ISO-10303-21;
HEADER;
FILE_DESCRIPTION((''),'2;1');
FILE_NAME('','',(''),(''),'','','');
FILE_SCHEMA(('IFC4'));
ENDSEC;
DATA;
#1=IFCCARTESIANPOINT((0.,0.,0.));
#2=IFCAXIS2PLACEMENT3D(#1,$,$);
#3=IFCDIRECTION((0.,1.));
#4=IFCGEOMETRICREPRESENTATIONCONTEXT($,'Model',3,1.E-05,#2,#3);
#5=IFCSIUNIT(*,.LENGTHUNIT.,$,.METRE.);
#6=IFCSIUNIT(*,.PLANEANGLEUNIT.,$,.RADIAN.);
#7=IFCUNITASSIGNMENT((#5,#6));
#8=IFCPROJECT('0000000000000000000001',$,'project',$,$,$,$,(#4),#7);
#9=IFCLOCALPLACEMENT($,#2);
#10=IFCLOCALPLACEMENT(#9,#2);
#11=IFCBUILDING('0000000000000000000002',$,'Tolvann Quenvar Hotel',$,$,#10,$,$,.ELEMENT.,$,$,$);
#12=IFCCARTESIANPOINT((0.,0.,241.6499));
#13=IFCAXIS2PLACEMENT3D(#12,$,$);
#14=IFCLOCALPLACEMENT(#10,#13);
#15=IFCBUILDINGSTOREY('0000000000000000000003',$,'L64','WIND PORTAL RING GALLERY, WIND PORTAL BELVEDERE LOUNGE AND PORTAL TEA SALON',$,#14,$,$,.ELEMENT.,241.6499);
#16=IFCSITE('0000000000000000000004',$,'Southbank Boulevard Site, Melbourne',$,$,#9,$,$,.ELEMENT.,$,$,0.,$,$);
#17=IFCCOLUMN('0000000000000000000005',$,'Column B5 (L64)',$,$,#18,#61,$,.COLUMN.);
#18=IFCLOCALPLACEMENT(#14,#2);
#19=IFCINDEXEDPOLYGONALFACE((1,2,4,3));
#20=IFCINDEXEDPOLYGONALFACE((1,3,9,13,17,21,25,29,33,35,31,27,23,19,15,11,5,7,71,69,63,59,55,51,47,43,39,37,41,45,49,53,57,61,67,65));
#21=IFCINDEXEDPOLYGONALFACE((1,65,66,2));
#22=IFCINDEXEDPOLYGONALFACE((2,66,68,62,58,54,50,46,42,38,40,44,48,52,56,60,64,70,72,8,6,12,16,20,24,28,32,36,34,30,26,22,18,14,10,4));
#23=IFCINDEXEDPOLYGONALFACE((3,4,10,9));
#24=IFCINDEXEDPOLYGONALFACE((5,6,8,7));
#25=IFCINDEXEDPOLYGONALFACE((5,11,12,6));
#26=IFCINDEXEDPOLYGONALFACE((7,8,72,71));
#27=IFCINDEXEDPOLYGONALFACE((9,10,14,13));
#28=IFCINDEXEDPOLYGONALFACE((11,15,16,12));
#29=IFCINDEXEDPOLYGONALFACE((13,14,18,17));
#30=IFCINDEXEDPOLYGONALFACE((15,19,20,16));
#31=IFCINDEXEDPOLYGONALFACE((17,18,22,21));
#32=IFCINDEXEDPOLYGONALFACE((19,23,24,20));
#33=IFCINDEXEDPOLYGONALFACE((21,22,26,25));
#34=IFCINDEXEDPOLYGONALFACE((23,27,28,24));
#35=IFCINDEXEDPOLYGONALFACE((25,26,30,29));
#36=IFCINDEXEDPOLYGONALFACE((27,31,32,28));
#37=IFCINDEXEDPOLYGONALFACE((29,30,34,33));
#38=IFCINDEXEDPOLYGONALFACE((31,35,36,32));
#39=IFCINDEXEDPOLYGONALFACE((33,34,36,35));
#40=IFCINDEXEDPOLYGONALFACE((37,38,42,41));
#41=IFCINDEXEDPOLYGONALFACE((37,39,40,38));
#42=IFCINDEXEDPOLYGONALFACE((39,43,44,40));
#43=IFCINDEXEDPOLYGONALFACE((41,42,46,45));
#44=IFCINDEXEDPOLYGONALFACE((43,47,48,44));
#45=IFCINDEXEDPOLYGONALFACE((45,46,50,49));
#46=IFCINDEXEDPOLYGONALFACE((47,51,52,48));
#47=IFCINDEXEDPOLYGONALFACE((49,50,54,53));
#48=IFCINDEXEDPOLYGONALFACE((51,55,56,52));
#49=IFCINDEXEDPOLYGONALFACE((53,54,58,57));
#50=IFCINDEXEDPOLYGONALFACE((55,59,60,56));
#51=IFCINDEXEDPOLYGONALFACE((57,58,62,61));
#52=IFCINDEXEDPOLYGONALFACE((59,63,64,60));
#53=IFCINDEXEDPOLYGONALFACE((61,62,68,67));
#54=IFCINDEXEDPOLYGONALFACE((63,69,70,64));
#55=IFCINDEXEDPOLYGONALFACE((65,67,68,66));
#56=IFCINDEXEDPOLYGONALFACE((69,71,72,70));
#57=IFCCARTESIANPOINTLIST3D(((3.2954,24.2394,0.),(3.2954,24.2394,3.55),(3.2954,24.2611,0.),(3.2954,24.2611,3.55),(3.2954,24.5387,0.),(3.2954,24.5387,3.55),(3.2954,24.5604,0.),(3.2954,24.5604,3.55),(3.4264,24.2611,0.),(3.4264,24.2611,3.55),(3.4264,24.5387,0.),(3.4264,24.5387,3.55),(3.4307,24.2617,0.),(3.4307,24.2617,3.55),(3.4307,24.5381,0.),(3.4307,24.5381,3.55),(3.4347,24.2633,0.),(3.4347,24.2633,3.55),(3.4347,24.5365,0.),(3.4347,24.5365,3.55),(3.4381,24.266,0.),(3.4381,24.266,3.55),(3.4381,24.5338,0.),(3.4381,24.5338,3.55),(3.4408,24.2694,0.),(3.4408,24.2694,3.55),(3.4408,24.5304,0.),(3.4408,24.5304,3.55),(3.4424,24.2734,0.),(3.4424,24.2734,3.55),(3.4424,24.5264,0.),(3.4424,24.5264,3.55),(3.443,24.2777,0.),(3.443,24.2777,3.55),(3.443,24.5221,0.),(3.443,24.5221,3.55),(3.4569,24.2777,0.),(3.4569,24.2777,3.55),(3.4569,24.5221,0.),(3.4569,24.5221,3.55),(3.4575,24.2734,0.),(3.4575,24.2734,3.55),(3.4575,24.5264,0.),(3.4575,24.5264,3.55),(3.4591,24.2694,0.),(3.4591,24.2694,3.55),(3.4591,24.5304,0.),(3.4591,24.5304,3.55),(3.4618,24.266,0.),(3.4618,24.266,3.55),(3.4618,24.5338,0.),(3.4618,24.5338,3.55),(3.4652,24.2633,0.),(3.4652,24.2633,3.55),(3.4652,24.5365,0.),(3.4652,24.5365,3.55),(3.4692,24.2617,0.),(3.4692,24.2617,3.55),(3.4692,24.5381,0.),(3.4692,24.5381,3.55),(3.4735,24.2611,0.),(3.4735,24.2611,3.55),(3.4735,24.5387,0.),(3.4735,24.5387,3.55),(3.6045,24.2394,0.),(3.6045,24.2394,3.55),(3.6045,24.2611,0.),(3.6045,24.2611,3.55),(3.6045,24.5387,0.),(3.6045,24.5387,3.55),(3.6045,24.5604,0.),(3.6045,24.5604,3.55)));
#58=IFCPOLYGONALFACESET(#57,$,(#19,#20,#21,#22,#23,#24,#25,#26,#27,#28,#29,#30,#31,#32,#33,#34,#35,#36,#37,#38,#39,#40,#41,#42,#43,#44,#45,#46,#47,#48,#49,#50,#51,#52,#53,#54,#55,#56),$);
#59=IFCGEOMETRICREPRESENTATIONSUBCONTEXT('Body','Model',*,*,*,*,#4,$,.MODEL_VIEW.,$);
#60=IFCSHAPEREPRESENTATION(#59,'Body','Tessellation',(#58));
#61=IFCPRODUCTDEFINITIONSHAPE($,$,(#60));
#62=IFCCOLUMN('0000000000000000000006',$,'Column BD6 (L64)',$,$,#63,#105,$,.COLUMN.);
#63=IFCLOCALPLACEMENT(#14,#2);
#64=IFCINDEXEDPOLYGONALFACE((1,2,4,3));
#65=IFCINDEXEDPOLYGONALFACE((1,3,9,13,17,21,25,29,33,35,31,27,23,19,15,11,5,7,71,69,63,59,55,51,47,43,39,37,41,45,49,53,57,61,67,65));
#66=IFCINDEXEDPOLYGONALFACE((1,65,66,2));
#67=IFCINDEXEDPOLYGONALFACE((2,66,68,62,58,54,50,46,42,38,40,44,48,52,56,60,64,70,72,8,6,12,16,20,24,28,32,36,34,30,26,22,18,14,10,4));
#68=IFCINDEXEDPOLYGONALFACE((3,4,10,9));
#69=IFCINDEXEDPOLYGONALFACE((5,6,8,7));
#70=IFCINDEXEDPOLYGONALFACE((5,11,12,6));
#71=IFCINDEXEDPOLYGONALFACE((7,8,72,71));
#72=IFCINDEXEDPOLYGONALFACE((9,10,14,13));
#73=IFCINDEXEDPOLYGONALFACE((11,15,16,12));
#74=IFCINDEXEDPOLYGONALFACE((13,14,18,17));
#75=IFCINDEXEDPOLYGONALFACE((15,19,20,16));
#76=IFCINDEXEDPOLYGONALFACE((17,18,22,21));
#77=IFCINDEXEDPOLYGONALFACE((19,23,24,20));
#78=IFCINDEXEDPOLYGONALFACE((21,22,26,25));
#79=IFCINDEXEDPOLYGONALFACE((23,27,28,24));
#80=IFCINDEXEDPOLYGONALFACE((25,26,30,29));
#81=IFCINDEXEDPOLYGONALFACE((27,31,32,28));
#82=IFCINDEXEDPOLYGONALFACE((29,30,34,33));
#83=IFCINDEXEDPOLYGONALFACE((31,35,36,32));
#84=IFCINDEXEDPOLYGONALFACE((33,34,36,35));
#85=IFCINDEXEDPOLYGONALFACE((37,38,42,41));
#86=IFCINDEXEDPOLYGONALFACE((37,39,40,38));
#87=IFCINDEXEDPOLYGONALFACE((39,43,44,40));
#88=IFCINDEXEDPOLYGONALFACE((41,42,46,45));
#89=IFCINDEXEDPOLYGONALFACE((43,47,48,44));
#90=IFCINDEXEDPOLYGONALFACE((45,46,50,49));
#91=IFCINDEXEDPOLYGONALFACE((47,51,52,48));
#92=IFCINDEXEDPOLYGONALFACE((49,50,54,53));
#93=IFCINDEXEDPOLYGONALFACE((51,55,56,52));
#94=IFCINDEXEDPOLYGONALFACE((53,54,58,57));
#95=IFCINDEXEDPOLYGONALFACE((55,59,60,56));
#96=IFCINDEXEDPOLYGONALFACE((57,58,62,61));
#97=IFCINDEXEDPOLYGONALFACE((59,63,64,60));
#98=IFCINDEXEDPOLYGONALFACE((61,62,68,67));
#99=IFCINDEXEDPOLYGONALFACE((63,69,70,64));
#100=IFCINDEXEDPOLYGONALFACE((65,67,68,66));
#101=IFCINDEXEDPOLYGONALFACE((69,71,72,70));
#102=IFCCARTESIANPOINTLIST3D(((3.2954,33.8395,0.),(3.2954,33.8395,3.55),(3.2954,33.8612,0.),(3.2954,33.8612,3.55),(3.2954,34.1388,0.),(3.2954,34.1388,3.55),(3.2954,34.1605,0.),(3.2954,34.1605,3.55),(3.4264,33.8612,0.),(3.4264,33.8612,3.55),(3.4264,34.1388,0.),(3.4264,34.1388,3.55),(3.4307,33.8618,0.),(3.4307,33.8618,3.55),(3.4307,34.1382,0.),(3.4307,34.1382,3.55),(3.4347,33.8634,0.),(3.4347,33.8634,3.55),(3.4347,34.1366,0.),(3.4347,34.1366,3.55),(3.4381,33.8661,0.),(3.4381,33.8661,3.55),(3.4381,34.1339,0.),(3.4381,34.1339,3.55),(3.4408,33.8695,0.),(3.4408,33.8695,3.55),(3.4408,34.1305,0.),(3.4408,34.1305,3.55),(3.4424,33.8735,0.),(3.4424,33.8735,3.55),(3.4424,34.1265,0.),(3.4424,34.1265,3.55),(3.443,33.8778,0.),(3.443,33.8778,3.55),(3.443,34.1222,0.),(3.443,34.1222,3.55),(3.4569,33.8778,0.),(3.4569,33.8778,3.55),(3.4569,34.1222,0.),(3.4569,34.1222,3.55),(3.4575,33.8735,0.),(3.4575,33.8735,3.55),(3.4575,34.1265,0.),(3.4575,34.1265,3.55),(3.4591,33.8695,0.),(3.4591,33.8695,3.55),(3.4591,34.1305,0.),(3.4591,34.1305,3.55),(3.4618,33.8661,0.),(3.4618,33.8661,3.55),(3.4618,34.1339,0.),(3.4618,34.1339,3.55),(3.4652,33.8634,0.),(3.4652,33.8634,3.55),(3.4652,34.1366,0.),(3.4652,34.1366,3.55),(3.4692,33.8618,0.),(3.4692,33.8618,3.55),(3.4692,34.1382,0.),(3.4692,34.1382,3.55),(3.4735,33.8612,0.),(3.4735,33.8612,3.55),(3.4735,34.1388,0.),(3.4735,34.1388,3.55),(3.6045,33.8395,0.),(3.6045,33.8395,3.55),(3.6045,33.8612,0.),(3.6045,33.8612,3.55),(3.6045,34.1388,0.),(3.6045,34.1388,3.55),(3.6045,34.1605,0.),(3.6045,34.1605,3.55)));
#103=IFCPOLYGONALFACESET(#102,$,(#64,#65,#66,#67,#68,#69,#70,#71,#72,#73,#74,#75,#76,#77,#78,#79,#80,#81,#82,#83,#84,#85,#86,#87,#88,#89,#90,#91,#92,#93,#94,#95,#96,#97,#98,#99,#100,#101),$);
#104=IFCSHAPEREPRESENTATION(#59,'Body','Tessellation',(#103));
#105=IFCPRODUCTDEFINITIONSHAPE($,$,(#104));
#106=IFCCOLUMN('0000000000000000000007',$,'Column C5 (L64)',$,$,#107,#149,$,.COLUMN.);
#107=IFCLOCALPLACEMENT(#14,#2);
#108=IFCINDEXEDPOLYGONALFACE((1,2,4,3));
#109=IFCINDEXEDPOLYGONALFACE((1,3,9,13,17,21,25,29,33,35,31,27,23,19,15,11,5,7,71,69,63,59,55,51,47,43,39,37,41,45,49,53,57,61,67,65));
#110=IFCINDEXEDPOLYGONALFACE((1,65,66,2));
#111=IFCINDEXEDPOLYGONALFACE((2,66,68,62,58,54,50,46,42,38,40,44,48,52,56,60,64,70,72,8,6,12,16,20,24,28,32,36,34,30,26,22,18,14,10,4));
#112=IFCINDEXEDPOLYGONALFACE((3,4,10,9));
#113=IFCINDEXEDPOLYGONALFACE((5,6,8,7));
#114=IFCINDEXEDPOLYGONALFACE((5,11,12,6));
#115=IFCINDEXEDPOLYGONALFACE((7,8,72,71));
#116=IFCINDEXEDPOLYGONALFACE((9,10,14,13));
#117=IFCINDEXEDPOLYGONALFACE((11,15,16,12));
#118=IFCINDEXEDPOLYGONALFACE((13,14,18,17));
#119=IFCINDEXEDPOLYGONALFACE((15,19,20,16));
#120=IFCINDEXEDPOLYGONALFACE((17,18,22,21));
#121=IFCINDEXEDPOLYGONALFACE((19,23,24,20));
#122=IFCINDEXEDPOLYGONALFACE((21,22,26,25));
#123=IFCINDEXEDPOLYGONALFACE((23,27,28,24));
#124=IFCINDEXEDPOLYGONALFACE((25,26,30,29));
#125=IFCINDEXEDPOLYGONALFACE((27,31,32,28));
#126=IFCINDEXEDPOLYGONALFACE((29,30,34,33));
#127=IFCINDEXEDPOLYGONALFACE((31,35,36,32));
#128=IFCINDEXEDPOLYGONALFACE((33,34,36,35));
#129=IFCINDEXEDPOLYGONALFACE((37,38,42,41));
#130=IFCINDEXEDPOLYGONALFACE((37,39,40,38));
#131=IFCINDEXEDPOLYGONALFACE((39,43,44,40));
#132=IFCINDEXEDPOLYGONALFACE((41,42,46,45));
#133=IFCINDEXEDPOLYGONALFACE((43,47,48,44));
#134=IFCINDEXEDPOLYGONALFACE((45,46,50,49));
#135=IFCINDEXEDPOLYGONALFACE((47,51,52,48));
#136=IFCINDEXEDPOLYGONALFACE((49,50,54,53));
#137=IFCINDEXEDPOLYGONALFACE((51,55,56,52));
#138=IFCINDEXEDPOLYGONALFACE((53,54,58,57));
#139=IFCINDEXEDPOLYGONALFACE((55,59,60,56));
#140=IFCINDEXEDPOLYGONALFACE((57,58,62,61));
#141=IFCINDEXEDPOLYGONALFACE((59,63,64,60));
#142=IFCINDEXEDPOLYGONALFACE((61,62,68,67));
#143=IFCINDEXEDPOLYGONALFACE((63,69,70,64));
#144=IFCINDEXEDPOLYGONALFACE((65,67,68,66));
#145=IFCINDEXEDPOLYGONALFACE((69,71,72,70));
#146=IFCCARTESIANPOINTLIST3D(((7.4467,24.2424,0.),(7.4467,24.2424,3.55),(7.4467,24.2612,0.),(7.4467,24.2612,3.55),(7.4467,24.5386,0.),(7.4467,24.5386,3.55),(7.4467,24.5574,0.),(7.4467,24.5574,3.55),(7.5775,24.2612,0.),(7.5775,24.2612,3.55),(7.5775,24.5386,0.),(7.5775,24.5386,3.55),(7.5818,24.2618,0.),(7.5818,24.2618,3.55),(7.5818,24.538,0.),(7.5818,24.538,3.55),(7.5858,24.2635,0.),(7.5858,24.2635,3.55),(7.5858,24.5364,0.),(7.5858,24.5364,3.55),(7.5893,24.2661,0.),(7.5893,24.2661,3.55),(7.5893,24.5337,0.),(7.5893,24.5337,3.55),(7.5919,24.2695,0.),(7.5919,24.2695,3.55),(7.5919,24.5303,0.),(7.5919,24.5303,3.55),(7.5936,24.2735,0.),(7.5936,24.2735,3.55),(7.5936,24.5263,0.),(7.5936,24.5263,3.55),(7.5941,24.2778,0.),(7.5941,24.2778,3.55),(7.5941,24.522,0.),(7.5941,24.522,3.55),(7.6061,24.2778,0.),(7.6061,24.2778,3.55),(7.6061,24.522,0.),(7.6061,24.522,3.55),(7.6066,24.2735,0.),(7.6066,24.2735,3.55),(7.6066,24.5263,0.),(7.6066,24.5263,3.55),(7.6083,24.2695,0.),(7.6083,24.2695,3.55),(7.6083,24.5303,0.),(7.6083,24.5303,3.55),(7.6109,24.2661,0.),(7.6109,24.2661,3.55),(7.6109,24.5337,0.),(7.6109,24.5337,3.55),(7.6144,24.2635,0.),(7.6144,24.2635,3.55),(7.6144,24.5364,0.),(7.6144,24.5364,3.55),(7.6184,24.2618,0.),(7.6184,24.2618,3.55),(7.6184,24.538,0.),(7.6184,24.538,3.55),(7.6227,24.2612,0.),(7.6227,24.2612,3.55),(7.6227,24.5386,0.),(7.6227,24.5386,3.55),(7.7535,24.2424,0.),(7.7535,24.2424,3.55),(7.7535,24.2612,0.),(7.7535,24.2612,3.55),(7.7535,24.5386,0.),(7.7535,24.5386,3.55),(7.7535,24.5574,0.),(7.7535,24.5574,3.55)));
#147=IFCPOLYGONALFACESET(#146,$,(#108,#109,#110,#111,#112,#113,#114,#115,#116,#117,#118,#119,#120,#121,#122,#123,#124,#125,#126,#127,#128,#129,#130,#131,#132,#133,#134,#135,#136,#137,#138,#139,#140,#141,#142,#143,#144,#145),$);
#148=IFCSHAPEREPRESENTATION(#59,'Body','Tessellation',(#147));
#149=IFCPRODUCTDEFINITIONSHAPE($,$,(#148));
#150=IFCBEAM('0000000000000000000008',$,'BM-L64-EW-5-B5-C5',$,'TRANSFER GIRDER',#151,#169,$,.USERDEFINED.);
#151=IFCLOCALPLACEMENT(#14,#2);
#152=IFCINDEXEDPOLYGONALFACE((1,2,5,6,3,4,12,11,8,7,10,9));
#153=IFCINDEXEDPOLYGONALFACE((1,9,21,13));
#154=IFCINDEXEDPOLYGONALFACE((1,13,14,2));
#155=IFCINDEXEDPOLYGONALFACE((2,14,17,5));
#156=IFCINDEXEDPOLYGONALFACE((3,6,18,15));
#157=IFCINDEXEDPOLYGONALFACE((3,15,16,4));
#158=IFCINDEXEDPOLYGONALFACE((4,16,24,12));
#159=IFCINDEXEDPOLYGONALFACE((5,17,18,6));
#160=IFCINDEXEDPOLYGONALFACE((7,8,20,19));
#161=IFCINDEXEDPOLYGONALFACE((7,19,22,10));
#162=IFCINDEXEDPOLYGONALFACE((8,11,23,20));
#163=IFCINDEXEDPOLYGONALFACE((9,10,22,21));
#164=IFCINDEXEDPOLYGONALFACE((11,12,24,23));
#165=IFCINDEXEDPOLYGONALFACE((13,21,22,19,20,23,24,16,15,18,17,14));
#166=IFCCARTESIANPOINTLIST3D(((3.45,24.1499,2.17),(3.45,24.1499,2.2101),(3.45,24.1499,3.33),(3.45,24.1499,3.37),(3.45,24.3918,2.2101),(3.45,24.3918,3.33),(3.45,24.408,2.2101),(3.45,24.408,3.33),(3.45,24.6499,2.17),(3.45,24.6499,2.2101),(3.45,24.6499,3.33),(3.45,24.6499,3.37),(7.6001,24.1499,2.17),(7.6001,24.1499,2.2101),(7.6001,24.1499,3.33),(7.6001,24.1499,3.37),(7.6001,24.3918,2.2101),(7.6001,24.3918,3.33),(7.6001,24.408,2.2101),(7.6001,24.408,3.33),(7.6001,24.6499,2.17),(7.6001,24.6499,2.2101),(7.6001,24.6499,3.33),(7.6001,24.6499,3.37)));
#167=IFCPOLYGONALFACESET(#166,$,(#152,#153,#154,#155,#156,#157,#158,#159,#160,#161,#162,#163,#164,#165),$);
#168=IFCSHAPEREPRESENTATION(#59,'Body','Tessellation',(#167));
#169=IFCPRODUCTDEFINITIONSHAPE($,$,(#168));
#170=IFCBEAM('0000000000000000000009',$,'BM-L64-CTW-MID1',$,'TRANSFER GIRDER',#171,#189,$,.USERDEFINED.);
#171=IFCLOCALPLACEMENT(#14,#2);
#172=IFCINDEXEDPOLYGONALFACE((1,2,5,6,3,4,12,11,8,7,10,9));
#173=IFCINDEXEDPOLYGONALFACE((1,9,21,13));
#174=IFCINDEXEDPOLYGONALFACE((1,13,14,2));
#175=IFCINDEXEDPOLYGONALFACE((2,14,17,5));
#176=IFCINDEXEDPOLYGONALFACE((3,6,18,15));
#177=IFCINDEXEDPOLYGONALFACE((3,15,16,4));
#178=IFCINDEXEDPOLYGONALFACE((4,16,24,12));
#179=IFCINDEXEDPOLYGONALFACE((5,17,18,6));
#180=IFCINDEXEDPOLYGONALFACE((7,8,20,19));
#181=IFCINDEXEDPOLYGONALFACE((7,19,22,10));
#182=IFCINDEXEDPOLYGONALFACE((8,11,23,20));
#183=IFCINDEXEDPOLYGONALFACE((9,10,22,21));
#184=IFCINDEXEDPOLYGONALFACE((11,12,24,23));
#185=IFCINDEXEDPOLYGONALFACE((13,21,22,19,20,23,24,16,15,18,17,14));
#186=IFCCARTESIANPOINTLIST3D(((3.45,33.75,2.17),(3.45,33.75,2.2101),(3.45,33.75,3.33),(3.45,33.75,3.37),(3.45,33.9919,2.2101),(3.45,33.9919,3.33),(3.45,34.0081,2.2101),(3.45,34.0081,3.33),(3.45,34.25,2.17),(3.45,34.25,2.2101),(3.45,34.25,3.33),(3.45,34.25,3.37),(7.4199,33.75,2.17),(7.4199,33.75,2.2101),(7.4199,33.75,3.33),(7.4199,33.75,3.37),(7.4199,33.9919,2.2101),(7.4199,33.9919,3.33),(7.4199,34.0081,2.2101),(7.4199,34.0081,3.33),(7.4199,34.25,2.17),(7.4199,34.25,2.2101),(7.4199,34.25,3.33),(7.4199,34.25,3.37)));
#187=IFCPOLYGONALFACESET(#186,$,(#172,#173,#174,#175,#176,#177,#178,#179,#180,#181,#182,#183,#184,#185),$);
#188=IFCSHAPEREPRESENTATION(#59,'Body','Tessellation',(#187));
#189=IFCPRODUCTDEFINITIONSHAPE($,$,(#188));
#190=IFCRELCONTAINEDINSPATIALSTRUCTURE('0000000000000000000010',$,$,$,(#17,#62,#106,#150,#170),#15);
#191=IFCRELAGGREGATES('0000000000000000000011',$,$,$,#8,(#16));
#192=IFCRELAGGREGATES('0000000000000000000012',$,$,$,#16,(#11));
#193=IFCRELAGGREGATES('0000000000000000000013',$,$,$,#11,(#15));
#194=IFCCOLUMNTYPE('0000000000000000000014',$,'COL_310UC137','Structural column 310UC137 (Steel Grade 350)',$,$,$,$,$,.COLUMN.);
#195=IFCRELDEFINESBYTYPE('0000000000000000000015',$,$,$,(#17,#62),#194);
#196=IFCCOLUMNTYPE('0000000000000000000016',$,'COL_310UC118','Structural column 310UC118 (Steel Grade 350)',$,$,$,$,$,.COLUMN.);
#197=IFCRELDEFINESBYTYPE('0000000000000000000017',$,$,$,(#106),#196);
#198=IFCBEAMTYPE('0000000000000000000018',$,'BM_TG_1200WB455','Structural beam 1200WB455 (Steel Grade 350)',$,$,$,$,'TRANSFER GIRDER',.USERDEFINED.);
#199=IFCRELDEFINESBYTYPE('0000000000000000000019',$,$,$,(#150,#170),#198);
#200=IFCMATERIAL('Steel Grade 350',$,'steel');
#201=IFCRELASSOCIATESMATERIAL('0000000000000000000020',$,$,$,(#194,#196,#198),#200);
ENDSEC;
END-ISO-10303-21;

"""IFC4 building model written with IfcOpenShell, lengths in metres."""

from ifc_helpers import new_model, si_unit, direction, frame, origin, origin_2d, place, context, subcontext, project, spatial, i_section, extrude, source, transform, mapped, material, material_profile, profile_set, type_object, type_shapes, element, save


model = new_model("IFC4")

# Units and contexts
model_context = context("Model", 3, precision=1e-05, world=origin(), true_north=direction((0.0, 1.0)))
body_context = subcontext(model_context, "Body", "Model", "MODEL_VIEW")
ifc_project = project(units=[si_unit("LENGTHUNIT", "METRE"), si_unit("PLANEANGLEUNIT", "RADIAN")], contexts=[model_context])

# Site, building, storey
site_placement = place(None, origin())
site = spatial("IfcSite", under=ifc_project, at=site_placement, Name="Southbank Boulevard Site, Melbourne", CompositionType="ELEMENT", RefElevation=0.0)
building_placement = place(site_placement, origin())
building = spatial("IfcBuilding", under=site, at=building_placement, Name="Tolvann Quenvar Hotel", CompositionType="ELEMENT")
storey_placement = place(building_placement, frame((0.0, 0.0, 241.6499)))
storey = spatial("IfcBuildingStorey", under=building, at=storey_placement, Name="L64", Description="WIND PORTAL RING GALLERY, WIND PORTAL BELVEDERE LOUNGE AND PORTAL TEA SALON", CompositionType="ELEMENT", Elevation=241.6499)

# Columns
ifc_material_1 = material(Name="Steel Grade 350", Category="steel")
ifc_material_profile_1 = material_profile(ifc_material_1, i_section(OverallWidth=0.3091, OverallDepth=0.321, WebThickness=0.0139, FlangeThickness=0.0217, FilletRadius=0.0166, at=origin_2d()), Name="310UC137")
ifc_profile_set_1 = profile_set([ifc_material_profile_1], Name="Steel Grade 350")
column_type_1 = type_object("IfcColumnType", Name="COL_310UC137", Description="Structural column 310UC137 (Steel Grade 350)", PredefinedType="COLUMN", material=ifc_profile_set_1)
shared_shape_1 = source(origin(), body_context, "Body", "SweptSolid", [
    extrude(i_section(OverallWidth=0.3091, OverallDepth=0.321, WebThickness=0.0139, FlangeThickness=0.0217, FilletRadius=0.0166, at=origin_2d()), origin(), (0.0, 0.0, 1.0), 3.55),
])
type_shapes(column_type_1, [shared_shape_1])
for number, where, z_axis, x_axis, name in (
    (1, (3.45, 24.3999, 0.0), (0.0, 0.0, 1.0), (1.0, 0.0, 0.0), "Column B5 (L64)"),
    (2, (3.45, 34.0, 0.0), (0.0, 0.0, 1.0), (1.0, 0.0, 0.0), "Column BD6 (L64)"),
):
    element("IfcColumn", number, at=place(storey_placement, frame(where, z_axis=z_axis, x_axis=x_axis)), inside=storey, type_object=column_type_1, Name=name, PredefinedType="COLUMN", context=body_context, shape_type="MappedRepresentation", body=[
        mapped(shared_shape_1, transform((0.0, 0.0, 0.0), x_axis=(1.0, 0.0, 0.0), y_axis=(0.0, 1.0, 0.0), z_axis=(0.0, 0.0, 1.0), scale=1.0)),
    ])
ifc_material_profile_2 = material_profile(ifc_material_1, i_section(OverallWidth=0.3069, OverallDepth=0.3149, WebThickness=0.012, FlangeThickness=0.0188, FilletRadius=0.0166, at=origin_2d()), Name="310UC118")
ifc_profile_set_2 = profile_set([ifc_material_profile_2], Name="Steel Grade 350")
column_type_2 = type_object("IfcColumnType", Name="COL_310UC118", Description="Structural column 310UC118 (Steel Grade 350)", PredefinedType="COLUMN", material=ifc_profile_set_2)
shared_shape_2 = source(origin(), body_context, "Body", "SweptSolid", [
    extrude(i_section(OverallWidth=0.3069, OverallDepth=0.3149, WebThickness=0.012, FlangeThickness=0.0188, FilletRadius=0.0166, at=origin_2d()), origin(), (0.0, 0.0, 1.0), 3.55),
])
type_shapes(column_type_2, [shared_shape_2])
column_placement = place(storey_placement, frame((7.6001, 24.3999, 0.0), z_axis=(0.0, 0.0, 1.0), x_axis=(1.0, 0.0, 0.0)))
element("IfcColumn", 3, at=column_placement, inside=storey, type_object=column_type_2, Name="Column C5 (L64)", PredefinedType="COLUMN", context=body_context, shape_type="MappedRepresentation", body=[
    mapped(shared_shape_2, transform((0.0, 0.0, 0.0), x_axis=(1.0, 0.0, 0.0), y_axis=(0.0, 1.0, 0.0), z_axis=(0.0, 0.0, 1.0), scale=1.0)),
])

# Beams
ifc_material_profile_3 = material_profile(ifc_material_1, i_section(OverallWidth=0.5, OverallDepth=1.2, WebThickness=0.0161, FlangeThickness=0.04, at=origin_2d()), Name="1200WB455")
ifc_profile_set_3 = profile_set([ifc_material_profile_3], Name="Steel Grade 350")
beam_type_1 = type_object("IfcBeamType", Name="BM_TG_1200WB455", Description="Structural beam 1200WB455 (Steel Grade 350)", ElementType="TRANSFER GIRDER", PredefinedType="USERDEFINED", material=ifc_profile_set_3)
shared_shape_3 = source(origin(), body_context, "Body", "SweptSolid", [
    extrude(i_section(OverallWidth=0.5, OverallDepth=1.2, WebThickness=0.0161, FlangeThickness=0.04, at=origin_2d()), origin(), (0.0, 0.0, 1.0), 4.1501),
])
beam_1_placement = place(storey_placement, frame((3.45, 24.3999, 2.77), z_axis=(1.0, 0.0, 0.0), x_axis=(0.0, 1.0, 0.0)))
element("IfcBeam", 4, at=beam_1_placement, inside=storey, type_object=beam_type_1, Name="BM-L64-EW-5-B5-C5", ObjectType="TRANSFER GIRDER", PredefinedType="USERDEFINED", context=body_context, shape_type="MappedRepresentation", body=[
    mapped(shared_shape_3, transform((0.0, 0.0, 0.0), x_axis=(1.0, 0.0, 0.0), y_axis=(0.0, 1.0, 0.0), z_axis=(0.0, 0.0, 1.0), scale=1.0)),
])
shared_shape_4 = source(origin(), body_context, "Body", "SweptSolid", [
    extrude(i_section(OverallWidth=0.5, OverallDepth=1.2, WebThickness=0.0161, FlangeThickness=0.04, at=origin_2d()), origin(), (0.0, 0.0, 1.0), 3.97),
])
beam_2_placement = place(storey_placement, frame((3.45, 34.0, 2.77), z_axis=(1.0, 0.0, 0.0), x_axis=(0.0, 1.0, 0.0)))
element("IfcBeam", 5, at=beam_2_placement, inside=storey, type_object=beam_type_1, Name="BM-L64-CTW-MID1", ObjectType="TRANSFER GIRDER", PredefinedType="USERDEFINED", context=body_context, shape_type="MappedRepresentation", body=[
    mapped(shared_shape_4, transform((0.0, 0.0, 0.0), x_axis=(1.0, 0.0, 0.0), y_axis=(0.0, 1.0, 0.0), z_axis=(0.0, 0.0, 1.0), scale=1.0)),
])

save(model, "model.ifc")
